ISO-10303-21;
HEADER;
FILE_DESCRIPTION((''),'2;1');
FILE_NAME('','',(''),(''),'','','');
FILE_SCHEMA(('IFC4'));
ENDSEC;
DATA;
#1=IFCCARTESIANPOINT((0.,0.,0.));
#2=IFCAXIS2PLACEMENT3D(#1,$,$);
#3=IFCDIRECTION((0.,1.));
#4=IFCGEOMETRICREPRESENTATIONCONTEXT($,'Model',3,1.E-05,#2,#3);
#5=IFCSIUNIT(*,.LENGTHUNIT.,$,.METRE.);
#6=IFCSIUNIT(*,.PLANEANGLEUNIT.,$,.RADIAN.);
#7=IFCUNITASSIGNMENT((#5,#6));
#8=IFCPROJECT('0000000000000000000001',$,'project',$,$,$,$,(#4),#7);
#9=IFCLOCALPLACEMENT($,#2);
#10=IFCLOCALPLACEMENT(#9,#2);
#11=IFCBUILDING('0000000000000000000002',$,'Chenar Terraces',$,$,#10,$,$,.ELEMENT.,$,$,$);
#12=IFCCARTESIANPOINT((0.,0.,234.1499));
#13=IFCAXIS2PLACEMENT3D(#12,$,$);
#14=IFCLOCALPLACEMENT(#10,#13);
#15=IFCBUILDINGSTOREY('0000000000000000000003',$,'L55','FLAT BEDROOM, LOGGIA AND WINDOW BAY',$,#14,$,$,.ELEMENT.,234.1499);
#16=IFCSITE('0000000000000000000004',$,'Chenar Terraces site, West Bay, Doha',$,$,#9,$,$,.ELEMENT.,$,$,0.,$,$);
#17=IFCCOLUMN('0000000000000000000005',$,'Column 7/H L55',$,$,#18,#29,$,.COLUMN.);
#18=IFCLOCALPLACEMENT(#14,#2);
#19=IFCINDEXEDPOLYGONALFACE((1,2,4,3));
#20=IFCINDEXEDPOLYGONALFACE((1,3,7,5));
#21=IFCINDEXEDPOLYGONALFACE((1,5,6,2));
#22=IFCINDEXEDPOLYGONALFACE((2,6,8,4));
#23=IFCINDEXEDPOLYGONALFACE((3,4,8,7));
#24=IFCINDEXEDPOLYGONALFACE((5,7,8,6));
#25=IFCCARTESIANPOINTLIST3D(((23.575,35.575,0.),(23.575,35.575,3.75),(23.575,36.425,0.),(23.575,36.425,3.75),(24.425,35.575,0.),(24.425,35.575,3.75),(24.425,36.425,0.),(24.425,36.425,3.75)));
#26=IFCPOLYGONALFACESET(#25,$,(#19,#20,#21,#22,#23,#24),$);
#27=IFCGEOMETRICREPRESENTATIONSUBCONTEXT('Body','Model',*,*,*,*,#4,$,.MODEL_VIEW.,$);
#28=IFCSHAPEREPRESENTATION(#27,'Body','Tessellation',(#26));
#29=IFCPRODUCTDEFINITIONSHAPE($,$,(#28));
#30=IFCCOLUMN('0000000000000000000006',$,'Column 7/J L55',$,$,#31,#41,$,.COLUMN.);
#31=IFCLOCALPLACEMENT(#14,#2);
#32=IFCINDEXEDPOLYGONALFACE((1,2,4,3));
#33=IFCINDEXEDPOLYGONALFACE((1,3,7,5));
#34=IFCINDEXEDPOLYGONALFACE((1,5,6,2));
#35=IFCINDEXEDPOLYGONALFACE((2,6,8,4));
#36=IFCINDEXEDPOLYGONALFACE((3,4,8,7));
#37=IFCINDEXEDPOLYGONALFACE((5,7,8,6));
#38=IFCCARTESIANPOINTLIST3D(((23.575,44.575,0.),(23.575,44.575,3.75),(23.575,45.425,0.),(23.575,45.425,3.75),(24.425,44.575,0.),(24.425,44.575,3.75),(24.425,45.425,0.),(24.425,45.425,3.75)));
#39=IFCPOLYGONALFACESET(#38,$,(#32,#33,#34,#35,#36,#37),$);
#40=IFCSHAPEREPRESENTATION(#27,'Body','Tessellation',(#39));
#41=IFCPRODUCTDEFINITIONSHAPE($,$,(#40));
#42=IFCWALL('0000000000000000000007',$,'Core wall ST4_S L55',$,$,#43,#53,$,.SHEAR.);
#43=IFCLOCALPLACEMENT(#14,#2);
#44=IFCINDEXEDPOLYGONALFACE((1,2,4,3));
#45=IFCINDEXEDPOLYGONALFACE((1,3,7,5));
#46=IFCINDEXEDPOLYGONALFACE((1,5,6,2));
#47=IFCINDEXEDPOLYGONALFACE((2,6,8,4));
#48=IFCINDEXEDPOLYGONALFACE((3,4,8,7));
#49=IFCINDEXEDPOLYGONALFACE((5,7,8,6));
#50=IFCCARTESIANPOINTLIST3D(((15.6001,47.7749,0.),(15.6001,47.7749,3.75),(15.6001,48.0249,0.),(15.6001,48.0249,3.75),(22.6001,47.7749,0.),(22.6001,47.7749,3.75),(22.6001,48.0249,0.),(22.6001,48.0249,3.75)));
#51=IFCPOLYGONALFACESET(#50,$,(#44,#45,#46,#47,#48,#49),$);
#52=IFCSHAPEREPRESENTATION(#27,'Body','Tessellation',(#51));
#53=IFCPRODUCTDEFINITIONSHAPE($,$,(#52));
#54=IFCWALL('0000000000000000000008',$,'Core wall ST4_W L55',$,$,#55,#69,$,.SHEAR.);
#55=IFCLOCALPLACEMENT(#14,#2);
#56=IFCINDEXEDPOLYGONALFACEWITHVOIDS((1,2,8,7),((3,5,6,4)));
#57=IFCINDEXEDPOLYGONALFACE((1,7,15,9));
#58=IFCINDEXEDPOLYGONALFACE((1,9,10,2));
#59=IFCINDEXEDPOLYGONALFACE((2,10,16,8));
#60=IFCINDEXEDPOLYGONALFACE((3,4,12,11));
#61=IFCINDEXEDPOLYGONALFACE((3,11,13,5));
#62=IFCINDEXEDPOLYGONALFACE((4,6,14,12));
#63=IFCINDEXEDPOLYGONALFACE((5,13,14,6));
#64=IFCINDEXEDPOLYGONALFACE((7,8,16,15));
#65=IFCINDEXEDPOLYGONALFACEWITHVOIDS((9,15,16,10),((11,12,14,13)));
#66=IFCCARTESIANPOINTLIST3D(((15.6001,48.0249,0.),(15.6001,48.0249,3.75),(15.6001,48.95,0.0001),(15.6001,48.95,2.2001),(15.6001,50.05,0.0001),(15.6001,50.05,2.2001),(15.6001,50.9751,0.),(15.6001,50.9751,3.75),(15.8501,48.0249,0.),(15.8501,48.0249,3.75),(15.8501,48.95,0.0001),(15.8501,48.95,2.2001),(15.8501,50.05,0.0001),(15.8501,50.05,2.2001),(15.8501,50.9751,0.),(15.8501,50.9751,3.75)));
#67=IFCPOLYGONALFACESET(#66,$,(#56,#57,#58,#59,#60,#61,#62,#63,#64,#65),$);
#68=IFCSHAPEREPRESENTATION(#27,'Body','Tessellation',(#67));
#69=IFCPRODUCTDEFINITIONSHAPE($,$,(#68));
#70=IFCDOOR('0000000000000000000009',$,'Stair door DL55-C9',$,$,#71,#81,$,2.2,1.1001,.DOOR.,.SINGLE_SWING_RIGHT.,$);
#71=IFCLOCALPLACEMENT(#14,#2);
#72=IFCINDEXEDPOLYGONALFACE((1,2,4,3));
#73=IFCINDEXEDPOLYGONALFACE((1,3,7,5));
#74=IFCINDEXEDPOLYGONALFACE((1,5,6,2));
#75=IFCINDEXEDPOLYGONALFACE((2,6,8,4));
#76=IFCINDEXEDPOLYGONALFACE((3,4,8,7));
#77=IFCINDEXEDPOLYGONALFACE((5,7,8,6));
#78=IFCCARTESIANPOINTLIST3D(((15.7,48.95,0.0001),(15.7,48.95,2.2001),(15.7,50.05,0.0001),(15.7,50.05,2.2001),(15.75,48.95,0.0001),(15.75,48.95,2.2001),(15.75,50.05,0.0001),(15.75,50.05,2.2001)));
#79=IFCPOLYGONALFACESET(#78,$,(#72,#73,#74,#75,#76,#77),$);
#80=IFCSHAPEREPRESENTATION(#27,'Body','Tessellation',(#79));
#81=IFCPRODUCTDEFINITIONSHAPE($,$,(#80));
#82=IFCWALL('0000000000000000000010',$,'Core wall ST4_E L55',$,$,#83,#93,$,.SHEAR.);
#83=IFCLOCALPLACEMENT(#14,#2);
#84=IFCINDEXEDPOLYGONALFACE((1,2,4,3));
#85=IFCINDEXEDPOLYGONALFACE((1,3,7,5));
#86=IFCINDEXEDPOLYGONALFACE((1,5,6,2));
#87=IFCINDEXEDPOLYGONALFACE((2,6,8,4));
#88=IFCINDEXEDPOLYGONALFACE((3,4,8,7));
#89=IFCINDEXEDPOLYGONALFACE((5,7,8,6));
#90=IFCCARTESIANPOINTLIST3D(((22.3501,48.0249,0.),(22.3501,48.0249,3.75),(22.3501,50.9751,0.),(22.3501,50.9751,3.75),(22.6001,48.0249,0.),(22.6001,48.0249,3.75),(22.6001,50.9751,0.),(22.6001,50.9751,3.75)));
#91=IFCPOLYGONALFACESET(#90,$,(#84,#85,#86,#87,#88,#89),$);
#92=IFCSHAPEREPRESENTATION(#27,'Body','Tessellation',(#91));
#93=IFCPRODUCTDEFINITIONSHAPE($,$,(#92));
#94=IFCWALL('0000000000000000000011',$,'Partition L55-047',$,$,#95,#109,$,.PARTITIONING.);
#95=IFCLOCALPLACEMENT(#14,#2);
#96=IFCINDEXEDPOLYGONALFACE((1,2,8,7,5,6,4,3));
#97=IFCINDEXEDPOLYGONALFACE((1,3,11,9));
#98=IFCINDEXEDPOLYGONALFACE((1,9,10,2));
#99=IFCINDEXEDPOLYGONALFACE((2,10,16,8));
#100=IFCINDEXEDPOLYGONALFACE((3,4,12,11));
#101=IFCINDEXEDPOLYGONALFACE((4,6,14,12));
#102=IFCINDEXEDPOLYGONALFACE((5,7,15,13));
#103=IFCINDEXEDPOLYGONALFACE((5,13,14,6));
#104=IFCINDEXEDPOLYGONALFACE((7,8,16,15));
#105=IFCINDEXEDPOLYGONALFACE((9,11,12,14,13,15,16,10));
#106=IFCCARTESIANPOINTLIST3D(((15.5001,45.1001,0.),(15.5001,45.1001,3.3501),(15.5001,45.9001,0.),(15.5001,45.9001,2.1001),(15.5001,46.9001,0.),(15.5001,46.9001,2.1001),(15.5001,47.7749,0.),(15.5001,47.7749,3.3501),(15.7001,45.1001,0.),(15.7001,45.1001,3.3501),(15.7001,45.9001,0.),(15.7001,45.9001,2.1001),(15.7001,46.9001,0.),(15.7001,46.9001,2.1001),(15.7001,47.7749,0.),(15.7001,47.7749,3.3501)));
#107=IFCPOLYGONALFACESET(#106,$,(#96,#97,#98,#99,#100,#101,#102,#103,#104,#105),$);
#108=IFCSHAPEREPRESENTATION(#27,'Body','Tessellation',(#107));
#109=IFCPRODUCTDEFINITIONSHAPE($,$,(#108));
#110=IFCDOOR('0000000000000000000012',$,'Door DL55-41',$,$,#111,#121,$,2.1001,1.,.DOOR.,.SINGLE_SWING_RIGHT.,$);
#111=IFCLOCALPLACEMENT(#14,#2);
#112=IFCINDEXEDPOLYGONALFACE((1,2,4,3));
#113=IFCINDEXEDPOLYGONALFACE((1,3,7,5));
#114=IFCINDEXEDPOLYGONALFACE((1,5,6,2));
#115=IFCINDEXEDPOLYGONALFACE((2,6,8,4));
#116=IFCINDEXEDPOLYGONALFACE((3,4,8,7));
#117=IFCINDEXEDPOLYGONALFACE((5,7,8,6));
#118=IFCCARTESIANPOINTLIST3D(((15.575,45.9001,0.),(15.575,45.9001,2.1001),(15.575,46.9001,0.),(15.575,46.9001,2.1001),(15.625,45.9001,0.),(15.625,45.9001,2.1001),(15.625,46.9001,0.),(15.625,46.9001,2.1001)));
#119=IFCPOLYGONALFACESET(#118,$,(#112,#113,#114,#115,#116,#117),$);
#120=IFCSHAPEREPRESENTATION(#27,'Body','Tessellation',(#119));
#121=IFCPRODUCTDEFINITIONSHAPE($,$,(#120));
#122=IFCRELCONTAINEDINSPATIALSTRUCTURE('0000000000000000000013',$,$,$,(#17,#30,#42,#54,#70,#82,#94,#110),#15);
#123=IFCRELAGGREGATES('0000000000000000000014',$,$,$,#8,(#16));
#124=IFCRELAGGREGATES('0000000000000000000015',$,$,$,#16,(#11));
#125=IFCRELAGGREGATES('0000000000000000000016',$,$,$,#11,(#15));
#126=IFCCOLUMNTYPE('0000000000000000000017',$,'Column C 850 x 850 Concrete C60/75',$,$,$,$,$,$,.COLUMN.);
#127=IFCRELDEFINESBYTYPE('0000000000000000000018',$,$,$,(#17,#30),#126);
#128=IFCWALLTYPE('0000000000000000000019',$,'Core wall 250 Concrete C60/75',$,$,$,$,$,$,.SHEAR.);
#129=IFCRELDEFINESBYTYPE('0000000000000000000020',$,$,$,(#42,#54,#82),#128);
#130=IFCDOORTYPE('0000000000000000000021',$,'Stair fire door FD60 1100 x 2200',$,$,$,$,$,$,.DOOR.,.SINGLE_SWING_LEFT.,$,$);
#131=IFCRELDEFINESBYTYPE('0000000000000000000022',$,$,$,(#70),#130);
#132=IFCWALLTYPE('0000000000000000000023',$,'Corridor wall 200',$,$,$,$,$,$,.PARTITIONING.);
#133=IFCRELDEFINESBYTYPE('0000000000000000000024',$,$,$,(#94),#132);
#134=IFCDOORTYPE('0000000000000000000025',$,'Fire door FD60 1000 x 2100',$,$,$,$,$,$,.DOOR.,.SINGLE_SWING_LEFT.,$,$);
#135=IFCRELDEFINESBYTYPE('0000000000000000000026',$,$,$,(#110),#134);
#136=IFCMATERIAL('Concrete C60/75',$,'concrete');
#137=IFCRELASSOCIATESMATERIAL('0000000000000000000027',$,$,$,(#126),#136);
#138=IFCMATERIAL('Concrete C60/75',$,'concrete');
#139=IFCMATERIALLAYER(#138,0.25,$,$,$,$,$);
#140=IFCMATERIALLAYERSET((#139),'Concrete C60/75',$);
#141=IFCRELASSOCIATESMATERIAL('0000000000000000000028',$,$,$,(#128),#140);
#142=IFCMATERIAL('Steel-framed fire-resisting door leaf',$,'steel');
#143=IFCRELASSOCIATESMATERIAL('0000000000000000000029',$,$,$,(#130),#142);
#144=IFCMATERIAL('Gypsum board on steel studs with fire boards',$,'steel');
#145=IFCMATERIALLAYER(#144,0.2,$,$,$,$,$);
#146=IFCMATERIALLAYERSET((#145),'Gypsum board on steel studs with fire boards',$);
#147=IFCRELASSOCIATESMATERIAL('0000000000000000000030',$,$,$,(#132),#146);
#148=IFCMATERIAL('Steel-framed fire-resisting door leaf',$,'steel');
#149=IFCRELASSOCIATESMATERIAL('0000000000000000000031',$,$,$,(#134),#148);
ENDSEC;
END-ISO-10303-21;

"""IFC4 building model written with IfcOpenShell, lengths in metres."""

from ifc_helpers import new_model, si_unit, direction, frame, frame_2d, origin, origin_2d, place, context, subcontext, project, spatial, rectangle, extrude, material, layer, layer_set, material_profile, profile_set, type_object, element, fill, save


model = new_model("IFC4")

# Units and contexts
model_context = context("Model", 3, precision=1e-05, world=origin(), true_north=direction((0.0, 1.0)))
body_context = subcontext(model_context, "Body", "Model", "MODEL_VIEW")
ifc_project = project(units=[si_unit("LENGTHUNIT", "METRE"), si_unit("PLANEANGLEUNIT", "RADIAN")], contexts=[model_context])

# Site, building, storey
site_placement = place(None, origin())
site = spatial("IfcSite", under=ifc_project, at=site_placement, Name="Chenar Terraces site, West Bay, Doha", CompositionType="ELEMENT", RefElevation=0.0)
building_placement = place(site_placement, origin())
building = spatial("IfcBuilding", under=site, at=building_placement, Name="Chenar Terraces", CompositionType="ELEMENT")
storey_placement = place(building_placement, frame((0.0, 0.0, 234.1499)))
storey = spatial("IfcBuildingStorey", under=building, at=storey_placement, Name="L55", Description="FLAT BEDROOM, LOGGIA AND WINDOW BAY", CompositionType="ELEMENT", Elevation=234.1499)

# Columns
ifc_material_1 = material(Name="Concrete C60/75", Category="concrete")
ifc_material_profile = material_profile(ifc_material_1, rectangle(XDim=0.8501, YDim=0.8501, at=origin_2d()), Name="C 850 x 850")
ifc_profile_set = profile_set([ifc_material_profile], Name="Concrete C60/75")
column_type = type_object("IfcColumnType", Name="Column C 850 x 850 Concrete C60/75", PredefinedType="COLUMN", material=ifc_profile_set)
for number, where, z_axis, x_axis, name in (
    (1, (24.0, 36.0, 0.0), (0.0, 0.0, 1.0), (1.0, 0.0, 0.0), "Column 7/H L55"),
    (2, (24.0, 45.0, 0.0), (0.0, 0.0, 1.0), (1.0, 0.0, 0.0), "Column 7/J L55"),
):
    element("IfcColumn", number, at=place(storey_placement, frame(where, z_axis=z_axis, x_axis=x_axis)), inside=storey, type_object=column_type, Name=name, PredefinedType="COLUMN", context=body_context, shape_type="SweptSolid", body=[
        extrude(rectangle(XDim=0.8501, YDim=0.8501, at=origin_2d()), origin(), (0.0, 0.0, 1.0), 3.75),
    ])

# Wall
ifc_material_2 = material(Name="Concrete C60/75", Category="concrete")
ifc_layer_1 = layer(ifc_material_2, 0.25)
ifc_layer_set_1 = layer_set([ifc_layer_1], Name="Concrete C60/75")
wall_type_1 = type_object("IfcWallType", Name="Core wall 250 Concrete C60/75", PredefinedType="SHEAR", material=ifc_layer_set_1)
wall_1_placement = place(storey_placement, frame((15.6001, 47.8999, 0.0), z_axis=(0.0, 0.0, 1.0), x_axis=(1.0, 0.0, 0.0)))
element("IfcWall", 3, at=wall_1_placement, inside=storey, type_object=wall_type_1, Name="Core wall ST4_S L55", PredefinedType="SHEAR", context=body_context, shape_type="SweptSolid", body=[
    extrude(rectangle(XDim=7.0, YDim=0.25, at=frame_2d((3.5, 0.0))), origin(), (0.0, 0.0, 1.0), 3.75),
])

# Wall, opening, door
wall_2_placement = place(storey_placement, frame((15.7251, 48.0249, 0.0), z_axis=(0.0, 0.0, 1.0), x_axis=(0.0, 1.0, 0.0)))
wall_2 = element("IfcWall", 4, at=wall_2_placement, inside=storey, type_object=wall_type_1, Name="Core wall ST4_W L55", PredefinedType="SHEAR", context=body_context, shape_type="SweptSolid", body=[
    extrude(rectangle(XDim=2.9502, YDim=0.25, at=frame_2d((1.4751, 0.0))), origin(), (0.0, 0.0, 1.0), 3.75),
])
opening_1_placement = place(wall_2_placement, frame((0.925, 0.0, 0.0)))
opening_1 = element("IfcOpeningElement", 5, at=opening_1_placement, cuts=wall_2, PredefinedType="OPENING", context=body_context, shape_type="SweptSolid", body=[
    extrude(rectangle(XDim=1.1001, YDim=2.2, at=frame_2d((0.55, 1.1001))), frame((0.0, 0.135, 0.0), z_axis=(0.0, -1.0, 0.0), x_axis=(1.0, 0.0, 0.0)), (0.0, 0.0, 1.0), 0.27),
])
ifc_material_3 = material(Name="Steel-framed fire-resisting door leaf", Category="steel")
door_type_1 = type_object("IfcDoorType", Name="Stair fire door FD60 1100 x 2200", OperationType="SINGLE_SWING_LEFT", PredefinedType="DOOR", material=ifc_material_3)
door_1_placement = place(opening_1_placement, frame((1.1001, 0.0, 0.0), z_axis=(0.0, 0.0, 1.0), x_axis=(-1.0, 0.0, 0.0)))
door_1 = element("IfcDoor", 6, at=door_1_placement, inside=storey, type_object=door_type_1, Name="Stair door DL55-C9", OperationType="SINGLE_SWING_RIGHT", OverallHeight=2.2, OverallWidth=1.1001, PredefinedType="DOOR", context=body_context, shape_type="SweptSolid", body=[
    extrude(rectangle(XDim=1.1001, YDim=2.2, at=frame_2d((0.55, 1.1001))), frame((0.0, 0.0249, 0.0), z_axis=(0.0, -1.0, 0.0), x_axis=(1.0, 0.0, 0.0)), (0.0, 0.0, 1.0), 0.05),
])
fill(opening_1, door_1)

# Wall
wall_3_placement = place(storey_placement, frame((22.4751, 48.0249, 0.0), z_axis=(0.0, 0.0, 1.0), x_axis=(0.0, 1.0, 0.0)))
element("IfcWall", 7, at=wall_3_placement, inside=storey, type_object=wall_type_1, Name="Core wall ST4_E L55", PredefinedType="SHEAR", context=body_context, shape_type="SweptSolid", body=[
    extrude(rectangle(XDim=2.9502, YDim=0.25, at=frame_2d((1.4751, 0.0))), origin(), (0.0, 0.0, 1.0), 3.75),
])

# Wall, opening, door
ifc_material_4 = material(Name="Gypsum board on steel studs with fire boards", Category="steel")
ifc_layer_2 = layer(ifc_material_4, 0.2)
ifc_layer_set_2 = layer_set([ifc_layer_2], Name="Gypsum board on steel studs with fire boards")
wall_type_2 = type_object("IfcWallType", Name="Corridor wall 200", PredefinedType="PARTITIONING", material=ifc_layer_set_2)
wall_4_placement = place(storey_placement, frame((15.6001, 45.1001, 0.0), z_axis=(0.0, 0.0, 1.0), x_axis=(0.0, 1.0, 0.0)))
wall_4 = element("IfcWall", 8, at=wall_4_placement, inside=storey, type_object=wall_type_2, Name="Partition L55-047", PredefinedType="PARTITIONING", context=body_context, shape_type="SweptSolid", body=[
    extrude(rectangle(XDim=2.6748, YDim=0.2, at=frame_2d((1.3374, 0.0))), origin(), (0.0, 0.0, 1.0), 3.3501),
])
opening_2_placement = place(wall_4_placement, frame((0.8, 0.0, 0.0)))
opening_2 = element("IfcOpeningElement", 9, at=opening_2_placement, cuts=wall_4, PredefinedType="OPENING", context=body_context, shape_type="SweptSolid", body=[
    extrude(rectangle(XDim=1.0, YDim=2.1001, at=frame_2d((0.5, 1.05))), frame((0.0, 0.1099, 0.0), z_axis=(0.0, -1.0, 0.0), x_axis=(1.0, 0.0, 0.0)), (0.0, 0.0, 1.0), 0.22),
])
ifc_material_5 = material(Name="Steel-framed fire-resisting door leaf", Category="steel")
door_type_2 = type_object("IfcDoorType", Name="Fire door FD60 1000 x 2100", OperationType="SINGLE_SWING_LEFT", PredefinedType="DOOR", material=ifc_material_5)
door_2_placement = place(opening_2_placement, frame((1.0, 0.0, 0.0), z_axis=(0.0, 0.0, 1.0), x_axis=(-1.0, 0.0, 0.0)))
door_2 = element("IfcDoor", 10, at=door_2_placement, inside=storey, type_object=door_type_2, Name="Door DL55-41", OperationType="SINGLE_SWING_RIGHT", OverallHeight=2.1001, OverallWidth=1.0, PredefinedType="DOOR", context=body_context, shape_type="SweptSolid", body=[
    extrude(rectangle(XDim=1.0, YDim=2.1001, at=frame_2d((0.5, 1.05))), frame((0.0, 0.0249, 0.0), z_axis=(0.0, -1.0, 0.0), x_axis=(1.0, 0.0, 0.0)), (0.0, 0.0, 1.0), 0.05),
])
fill(opening_2, door_2)

save(model, "model.ifc")
